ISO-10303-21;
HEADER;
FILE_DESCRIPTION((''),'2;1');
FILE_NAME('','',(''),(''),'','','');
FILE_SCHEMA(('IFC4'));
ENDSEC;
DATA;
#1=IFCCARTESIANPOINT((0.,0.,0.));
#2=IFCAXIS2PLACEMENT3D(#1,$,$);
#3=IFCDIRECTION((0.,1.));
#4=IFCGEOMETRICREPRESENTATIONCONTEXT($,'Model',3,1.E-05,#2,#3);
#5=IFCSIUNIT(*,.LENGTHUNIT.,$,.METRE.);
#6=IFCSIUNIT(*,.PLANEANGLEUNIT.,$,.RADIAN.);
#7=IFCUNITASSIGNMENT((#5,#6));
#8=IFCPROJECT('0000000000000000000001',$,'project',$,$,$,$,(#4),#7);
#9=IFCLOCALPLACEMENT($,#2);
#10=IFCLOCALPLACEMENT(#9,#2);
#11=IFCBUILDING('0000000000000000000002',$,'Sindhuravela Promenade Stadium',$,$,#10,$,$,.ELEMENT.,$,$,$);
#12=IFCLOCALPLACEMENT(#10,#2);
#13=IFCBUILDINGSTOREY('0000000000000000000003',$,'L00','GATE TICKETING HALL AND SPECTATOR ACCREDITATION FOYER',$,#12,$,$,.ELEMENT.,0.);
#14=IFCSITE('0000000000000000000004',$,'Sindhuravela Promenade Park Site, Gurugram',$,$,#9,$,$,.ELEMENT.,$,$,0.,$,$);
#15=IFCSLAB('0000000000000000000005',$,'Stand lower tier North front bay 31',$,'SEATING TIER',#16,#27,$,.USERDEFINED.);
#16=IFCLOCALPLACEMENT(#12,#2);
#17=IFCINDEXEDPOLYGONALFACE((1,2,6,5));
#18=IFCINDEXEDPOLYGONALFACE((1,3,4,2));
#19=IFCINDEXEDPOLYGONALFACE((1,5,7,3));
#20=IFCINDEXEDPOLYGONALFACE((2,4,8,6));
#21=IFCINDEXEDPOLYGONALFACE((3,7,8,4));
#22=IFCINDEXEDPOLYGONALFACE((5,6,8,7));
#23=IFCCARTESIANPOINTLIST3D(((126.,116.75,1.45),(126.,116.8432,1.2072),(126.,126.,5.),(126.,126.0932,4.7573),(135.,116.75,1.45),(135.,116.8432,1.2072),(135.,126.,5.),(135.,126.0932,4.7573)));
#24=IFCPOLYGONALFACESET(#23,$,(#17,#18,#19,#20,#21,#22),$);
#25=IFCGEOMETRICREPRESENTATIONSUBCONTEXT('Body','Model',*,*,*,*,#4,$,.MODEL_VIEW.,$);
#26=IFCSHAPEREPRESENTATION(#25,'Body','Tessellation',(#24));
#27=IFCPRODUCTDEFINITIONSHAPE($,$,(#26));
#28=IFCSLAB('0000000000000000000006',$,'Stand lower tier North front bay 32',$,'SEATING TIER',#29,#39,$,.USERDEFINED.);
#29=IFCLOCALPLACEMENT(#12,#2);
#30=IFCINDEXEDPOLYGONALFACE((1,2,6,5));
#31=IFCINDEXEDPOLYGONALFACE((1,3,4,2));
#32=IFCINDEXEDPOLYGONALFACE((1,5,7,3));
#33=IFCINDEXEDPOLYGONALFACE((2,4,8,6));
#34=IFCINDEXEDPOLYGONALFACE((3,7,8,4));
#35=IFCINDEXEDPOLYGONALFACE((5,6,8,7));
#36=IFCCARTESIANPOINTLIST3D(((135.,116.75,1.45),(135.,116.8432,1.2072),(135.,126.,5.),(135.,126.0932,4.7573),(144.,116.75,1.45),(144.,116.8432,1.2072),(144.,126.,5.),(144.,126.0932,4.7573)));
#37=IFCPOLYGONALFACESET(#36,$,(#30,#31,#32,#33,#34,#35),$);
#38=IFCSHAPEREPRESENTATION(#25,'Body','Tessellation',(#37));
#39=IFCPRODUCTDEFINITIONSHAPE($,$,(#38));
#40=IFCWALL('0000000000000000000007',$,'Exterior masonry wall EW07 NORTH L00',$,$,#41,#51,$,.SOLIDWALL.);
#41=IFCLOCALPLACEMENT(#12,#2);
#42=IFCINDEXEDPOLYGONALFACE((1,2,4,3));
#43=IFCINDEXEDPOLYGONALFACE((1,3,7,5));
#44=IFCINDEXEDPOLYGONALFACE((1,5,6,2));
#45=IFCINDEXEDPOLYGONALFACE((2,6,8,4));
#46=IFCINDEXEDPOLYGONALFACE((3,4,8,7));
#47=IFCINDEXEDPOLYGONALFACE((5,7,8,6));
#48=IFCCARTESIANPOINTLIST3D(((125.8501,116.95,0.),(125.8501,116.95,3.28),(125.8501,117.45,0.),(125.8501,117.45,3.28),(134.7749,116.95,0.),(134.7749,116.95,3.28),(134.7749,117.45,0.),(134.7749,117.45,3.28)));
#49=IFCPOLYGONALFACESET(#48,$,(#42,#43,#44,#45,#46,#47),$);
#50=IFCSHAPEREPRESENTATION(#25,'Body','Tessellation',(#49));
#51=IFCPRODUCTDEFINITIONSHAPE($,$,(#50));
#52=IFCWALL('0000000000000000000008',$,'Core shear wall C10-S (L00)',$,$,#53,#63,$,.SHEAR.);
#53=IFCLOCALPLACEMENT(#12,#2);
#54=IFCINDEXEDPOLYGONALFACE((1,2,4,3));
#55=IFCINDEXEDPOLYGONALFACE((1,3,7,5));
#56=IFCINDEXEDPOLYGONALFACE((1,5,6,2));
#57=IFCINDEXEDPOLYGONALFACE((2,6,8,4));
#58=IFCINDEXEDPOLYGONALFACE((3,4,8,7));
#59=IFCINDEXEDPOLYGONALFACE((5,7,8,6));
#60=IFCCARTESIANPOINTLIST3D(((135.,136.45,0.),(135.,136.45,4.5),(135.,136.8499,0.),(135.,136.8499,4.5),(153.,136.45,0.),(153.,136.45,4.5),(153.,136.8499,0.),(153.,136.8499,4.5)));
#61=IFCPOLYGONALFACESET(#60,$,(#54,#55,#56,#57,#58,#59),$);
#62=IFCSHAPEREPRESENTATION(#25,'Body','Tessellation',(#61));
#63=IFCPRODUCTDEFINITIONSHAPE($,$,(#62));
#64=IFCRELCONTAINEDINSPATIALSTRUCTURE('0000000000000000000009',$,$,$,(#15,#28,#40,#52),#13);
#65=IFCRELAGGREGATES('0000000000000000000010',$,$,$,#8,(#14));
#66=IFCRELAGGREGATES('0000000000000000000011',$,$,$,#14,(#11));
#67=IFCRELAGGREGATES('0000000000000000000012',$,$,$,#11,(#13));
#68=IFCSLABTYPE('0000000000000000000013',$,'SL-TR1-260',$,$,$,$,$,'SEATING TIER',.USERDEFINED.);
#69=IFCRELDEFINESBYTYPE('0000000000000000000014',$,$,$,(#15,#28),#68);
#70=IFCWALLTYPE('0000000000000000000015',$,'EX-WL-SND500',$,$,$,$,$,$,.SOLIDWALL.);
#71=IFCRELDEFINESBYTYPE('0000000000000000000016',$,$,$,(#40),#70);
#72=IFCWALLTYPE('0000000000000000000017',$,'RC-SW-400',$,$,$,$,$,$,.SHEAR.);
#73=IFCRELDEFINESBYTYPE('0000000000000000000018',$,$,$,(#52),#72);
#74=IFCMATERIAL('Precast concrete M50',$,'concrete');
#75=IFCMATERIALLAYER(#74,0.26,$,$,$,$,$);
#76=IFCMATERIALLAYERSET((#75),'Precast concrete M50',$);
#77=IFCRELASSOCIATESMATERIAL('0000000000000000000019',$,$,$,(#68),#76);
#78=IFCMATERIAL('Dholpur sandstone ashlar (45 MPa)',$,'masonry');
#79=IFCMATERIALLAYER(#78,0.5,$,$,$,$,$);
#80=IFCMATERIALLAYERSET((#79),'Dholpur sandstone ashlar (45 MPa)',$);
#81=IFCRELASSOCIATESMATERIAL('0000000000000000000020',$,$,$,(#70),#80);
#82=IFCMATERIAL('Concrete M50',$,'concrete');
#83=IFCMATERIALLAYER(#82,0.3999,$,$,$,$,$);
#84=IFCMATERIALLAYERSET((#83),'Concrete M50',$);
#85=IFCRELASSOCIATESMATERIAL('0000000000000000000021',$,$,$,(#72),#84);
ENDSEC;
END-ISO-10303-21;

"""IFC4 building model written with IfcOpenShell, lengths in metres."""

from ifc_helpers import new_model, si_unit, direction, frame, frame_2d, origin, place, context, subcontext, project, spatial, polyline, rectangle, outline, extrude, material, layer, layer_set, type_object, element, save


model = new_model("IFC4")

# Units and contexts
model_context = context("Model", 3, precision=1e-05, world=origin(), true_north=direction((0.0, 1.0)))
body_context = subcontext(model_context, "Body", "Model", "MODEL_VIEW")
ifc_project = project(units=[si_unit("LENGTHUNIT", "METRE"), si_unit("PLANEANGLEUNIT", "RADIAN")], contexts=[model_context])

# Site, building, storey
site_placement = place(None, origin())
site = spatial("IfcSite", under=ifc_project, at=site_placement, Name="Sindhuravela Promenade Park Site, Gurugram", CompositionType="ELEMENT", RefElevation=0.0)
building_placement = place(site_placement, origin())
building = spatial("IfcBuilding", under=site, at=building_placement, Name="Sindhuravela Promenade Stadium", CompositionType="ELEMENT")
storey_placement = place(building_placement, origin())
storey = spatial("IfcBuildingStorey", under=building, at=storey_placement, Name="L00", Description="GATE TICKETING HALL AND SPECTATOR ACCREDITATION FOYER", CompositionType="ELEMENT", Elevation=0.0)

# Shared definitions
ifc_material_1 = material(Name="Concrete M50", Category="concrete")

# Slabs
ifc_material_2 = material(Name="Precast concrete M50", Category="concrete")
ifc_layer_1 = layer(ifc_material_2, 0.26)
ifc_layer_set_1 = layer_set([ifc_layer_1], Name="Precast concrete M50")
slab_type = type_object("IfcSlabType", Name="SL-TR1-260", ElementType="SEATING TIER", PredefinedType="USERDEFINED", material=ifc_layer_set_1)
for number, where, z_axis, x_axis, name in (
    (1, (126.0, 116.75, 1.45), (0.0, -0.358307, 0.933604), (1.0, 0.0, 0.0), "Stand lower tier North front bay 31"),
    (2, (135.0, 116.75, 1.45), (0.0, -0.358307, 0.933604), (1.0, 0.0, 0.0), "Stand lower tier North front bay 32"),
):
    element("IfcSlab", number, at=place(storey_placement, frame(where, z_axis=z_axis, x_axis=x_axis)), inside=storey, type_object=slab_type, Name=name, ObjectType="SEATING TIER", PredefinedType="USERDEFINED", context=body_context, shape_type="SweptSolid", body=[
        extrude(outline(polyline([(0.0, 0.0), (9.0, 0.0), (9.0, 9.9078), (0.0, 9.9078), (0.0, 0.0)])), origin(), (0.0, 0.0, -1.0), 0.26),
    ])

# Walls
ifc_material_3 = material(Name="Dholpur sandstone ashlar (45 MPa)", Category="masonry")
ifc_layer_2 = layer(ifc_material_3, 0.5)
ifc_layer_set_2 = layer_set([ifc_layer_2], Name="Dholpur sandstone ashlar (45 MPa)")
wall_type_1 = type_object("IfcWallType", Name="EX-WL-SND500", PredefinedType="SOLIDWALL", material=ifc_layer_set_2)
wall_1_placement = place(storey_placement, frame((134.7749, 117.2, 0.0), z_axis=(0.0, 0.0, 1.0), x_axis=(-1.0, 0.0, 0.0)))
element("IfcWall", 3, at=wall_1_placement, inside=storey, type_object=wall_type_1, Name="Exterior masonry wall EW07 NORTH L00", PredefinedType="SOLIDWALL", context=body_context, shape_type="SweptSolid", body=[
    extrude(rectangle(XDim=8.9248, YDim=0.5, at=frame_2d((4.4624, 0.0))), origin(), (0.0, 0.0, 1.0), 3.28),
])
ifc_layer_3 = layer(ifc_material_1, 0.3999)
ifc_layer_set_3 = layer_set([ifc_layer_3], Name="Concrete M50")
wall_type_2 = type_object("IfcWallType", Name="RC-SW-400", PredefinedType="SHEAR", material=ifc_layer_set_3)
wall_2_placement = place(storey_placement, frame((135.0, 136.6499, 0.0), z_axis=(0.0, 0.0, 1.0), x_axis=(1.0, 0.0, 0.0)))
element("IfcWall", 4, at=wall_2_placement, inside=storey, type_object=wall_type_2, Name="Core shear wall C10-S (L00)", PredefinedType="SHEAR", context=body_context, shape_type="SweptSolid", body=[
    extrude(rectangle(XDim=18.0, YDim=0.3999, at=frame_2d((9.0, 0.0))), origin(), (0.0, 0.0, 1.0), 4.5),
])

save(model, "model.ifc")
